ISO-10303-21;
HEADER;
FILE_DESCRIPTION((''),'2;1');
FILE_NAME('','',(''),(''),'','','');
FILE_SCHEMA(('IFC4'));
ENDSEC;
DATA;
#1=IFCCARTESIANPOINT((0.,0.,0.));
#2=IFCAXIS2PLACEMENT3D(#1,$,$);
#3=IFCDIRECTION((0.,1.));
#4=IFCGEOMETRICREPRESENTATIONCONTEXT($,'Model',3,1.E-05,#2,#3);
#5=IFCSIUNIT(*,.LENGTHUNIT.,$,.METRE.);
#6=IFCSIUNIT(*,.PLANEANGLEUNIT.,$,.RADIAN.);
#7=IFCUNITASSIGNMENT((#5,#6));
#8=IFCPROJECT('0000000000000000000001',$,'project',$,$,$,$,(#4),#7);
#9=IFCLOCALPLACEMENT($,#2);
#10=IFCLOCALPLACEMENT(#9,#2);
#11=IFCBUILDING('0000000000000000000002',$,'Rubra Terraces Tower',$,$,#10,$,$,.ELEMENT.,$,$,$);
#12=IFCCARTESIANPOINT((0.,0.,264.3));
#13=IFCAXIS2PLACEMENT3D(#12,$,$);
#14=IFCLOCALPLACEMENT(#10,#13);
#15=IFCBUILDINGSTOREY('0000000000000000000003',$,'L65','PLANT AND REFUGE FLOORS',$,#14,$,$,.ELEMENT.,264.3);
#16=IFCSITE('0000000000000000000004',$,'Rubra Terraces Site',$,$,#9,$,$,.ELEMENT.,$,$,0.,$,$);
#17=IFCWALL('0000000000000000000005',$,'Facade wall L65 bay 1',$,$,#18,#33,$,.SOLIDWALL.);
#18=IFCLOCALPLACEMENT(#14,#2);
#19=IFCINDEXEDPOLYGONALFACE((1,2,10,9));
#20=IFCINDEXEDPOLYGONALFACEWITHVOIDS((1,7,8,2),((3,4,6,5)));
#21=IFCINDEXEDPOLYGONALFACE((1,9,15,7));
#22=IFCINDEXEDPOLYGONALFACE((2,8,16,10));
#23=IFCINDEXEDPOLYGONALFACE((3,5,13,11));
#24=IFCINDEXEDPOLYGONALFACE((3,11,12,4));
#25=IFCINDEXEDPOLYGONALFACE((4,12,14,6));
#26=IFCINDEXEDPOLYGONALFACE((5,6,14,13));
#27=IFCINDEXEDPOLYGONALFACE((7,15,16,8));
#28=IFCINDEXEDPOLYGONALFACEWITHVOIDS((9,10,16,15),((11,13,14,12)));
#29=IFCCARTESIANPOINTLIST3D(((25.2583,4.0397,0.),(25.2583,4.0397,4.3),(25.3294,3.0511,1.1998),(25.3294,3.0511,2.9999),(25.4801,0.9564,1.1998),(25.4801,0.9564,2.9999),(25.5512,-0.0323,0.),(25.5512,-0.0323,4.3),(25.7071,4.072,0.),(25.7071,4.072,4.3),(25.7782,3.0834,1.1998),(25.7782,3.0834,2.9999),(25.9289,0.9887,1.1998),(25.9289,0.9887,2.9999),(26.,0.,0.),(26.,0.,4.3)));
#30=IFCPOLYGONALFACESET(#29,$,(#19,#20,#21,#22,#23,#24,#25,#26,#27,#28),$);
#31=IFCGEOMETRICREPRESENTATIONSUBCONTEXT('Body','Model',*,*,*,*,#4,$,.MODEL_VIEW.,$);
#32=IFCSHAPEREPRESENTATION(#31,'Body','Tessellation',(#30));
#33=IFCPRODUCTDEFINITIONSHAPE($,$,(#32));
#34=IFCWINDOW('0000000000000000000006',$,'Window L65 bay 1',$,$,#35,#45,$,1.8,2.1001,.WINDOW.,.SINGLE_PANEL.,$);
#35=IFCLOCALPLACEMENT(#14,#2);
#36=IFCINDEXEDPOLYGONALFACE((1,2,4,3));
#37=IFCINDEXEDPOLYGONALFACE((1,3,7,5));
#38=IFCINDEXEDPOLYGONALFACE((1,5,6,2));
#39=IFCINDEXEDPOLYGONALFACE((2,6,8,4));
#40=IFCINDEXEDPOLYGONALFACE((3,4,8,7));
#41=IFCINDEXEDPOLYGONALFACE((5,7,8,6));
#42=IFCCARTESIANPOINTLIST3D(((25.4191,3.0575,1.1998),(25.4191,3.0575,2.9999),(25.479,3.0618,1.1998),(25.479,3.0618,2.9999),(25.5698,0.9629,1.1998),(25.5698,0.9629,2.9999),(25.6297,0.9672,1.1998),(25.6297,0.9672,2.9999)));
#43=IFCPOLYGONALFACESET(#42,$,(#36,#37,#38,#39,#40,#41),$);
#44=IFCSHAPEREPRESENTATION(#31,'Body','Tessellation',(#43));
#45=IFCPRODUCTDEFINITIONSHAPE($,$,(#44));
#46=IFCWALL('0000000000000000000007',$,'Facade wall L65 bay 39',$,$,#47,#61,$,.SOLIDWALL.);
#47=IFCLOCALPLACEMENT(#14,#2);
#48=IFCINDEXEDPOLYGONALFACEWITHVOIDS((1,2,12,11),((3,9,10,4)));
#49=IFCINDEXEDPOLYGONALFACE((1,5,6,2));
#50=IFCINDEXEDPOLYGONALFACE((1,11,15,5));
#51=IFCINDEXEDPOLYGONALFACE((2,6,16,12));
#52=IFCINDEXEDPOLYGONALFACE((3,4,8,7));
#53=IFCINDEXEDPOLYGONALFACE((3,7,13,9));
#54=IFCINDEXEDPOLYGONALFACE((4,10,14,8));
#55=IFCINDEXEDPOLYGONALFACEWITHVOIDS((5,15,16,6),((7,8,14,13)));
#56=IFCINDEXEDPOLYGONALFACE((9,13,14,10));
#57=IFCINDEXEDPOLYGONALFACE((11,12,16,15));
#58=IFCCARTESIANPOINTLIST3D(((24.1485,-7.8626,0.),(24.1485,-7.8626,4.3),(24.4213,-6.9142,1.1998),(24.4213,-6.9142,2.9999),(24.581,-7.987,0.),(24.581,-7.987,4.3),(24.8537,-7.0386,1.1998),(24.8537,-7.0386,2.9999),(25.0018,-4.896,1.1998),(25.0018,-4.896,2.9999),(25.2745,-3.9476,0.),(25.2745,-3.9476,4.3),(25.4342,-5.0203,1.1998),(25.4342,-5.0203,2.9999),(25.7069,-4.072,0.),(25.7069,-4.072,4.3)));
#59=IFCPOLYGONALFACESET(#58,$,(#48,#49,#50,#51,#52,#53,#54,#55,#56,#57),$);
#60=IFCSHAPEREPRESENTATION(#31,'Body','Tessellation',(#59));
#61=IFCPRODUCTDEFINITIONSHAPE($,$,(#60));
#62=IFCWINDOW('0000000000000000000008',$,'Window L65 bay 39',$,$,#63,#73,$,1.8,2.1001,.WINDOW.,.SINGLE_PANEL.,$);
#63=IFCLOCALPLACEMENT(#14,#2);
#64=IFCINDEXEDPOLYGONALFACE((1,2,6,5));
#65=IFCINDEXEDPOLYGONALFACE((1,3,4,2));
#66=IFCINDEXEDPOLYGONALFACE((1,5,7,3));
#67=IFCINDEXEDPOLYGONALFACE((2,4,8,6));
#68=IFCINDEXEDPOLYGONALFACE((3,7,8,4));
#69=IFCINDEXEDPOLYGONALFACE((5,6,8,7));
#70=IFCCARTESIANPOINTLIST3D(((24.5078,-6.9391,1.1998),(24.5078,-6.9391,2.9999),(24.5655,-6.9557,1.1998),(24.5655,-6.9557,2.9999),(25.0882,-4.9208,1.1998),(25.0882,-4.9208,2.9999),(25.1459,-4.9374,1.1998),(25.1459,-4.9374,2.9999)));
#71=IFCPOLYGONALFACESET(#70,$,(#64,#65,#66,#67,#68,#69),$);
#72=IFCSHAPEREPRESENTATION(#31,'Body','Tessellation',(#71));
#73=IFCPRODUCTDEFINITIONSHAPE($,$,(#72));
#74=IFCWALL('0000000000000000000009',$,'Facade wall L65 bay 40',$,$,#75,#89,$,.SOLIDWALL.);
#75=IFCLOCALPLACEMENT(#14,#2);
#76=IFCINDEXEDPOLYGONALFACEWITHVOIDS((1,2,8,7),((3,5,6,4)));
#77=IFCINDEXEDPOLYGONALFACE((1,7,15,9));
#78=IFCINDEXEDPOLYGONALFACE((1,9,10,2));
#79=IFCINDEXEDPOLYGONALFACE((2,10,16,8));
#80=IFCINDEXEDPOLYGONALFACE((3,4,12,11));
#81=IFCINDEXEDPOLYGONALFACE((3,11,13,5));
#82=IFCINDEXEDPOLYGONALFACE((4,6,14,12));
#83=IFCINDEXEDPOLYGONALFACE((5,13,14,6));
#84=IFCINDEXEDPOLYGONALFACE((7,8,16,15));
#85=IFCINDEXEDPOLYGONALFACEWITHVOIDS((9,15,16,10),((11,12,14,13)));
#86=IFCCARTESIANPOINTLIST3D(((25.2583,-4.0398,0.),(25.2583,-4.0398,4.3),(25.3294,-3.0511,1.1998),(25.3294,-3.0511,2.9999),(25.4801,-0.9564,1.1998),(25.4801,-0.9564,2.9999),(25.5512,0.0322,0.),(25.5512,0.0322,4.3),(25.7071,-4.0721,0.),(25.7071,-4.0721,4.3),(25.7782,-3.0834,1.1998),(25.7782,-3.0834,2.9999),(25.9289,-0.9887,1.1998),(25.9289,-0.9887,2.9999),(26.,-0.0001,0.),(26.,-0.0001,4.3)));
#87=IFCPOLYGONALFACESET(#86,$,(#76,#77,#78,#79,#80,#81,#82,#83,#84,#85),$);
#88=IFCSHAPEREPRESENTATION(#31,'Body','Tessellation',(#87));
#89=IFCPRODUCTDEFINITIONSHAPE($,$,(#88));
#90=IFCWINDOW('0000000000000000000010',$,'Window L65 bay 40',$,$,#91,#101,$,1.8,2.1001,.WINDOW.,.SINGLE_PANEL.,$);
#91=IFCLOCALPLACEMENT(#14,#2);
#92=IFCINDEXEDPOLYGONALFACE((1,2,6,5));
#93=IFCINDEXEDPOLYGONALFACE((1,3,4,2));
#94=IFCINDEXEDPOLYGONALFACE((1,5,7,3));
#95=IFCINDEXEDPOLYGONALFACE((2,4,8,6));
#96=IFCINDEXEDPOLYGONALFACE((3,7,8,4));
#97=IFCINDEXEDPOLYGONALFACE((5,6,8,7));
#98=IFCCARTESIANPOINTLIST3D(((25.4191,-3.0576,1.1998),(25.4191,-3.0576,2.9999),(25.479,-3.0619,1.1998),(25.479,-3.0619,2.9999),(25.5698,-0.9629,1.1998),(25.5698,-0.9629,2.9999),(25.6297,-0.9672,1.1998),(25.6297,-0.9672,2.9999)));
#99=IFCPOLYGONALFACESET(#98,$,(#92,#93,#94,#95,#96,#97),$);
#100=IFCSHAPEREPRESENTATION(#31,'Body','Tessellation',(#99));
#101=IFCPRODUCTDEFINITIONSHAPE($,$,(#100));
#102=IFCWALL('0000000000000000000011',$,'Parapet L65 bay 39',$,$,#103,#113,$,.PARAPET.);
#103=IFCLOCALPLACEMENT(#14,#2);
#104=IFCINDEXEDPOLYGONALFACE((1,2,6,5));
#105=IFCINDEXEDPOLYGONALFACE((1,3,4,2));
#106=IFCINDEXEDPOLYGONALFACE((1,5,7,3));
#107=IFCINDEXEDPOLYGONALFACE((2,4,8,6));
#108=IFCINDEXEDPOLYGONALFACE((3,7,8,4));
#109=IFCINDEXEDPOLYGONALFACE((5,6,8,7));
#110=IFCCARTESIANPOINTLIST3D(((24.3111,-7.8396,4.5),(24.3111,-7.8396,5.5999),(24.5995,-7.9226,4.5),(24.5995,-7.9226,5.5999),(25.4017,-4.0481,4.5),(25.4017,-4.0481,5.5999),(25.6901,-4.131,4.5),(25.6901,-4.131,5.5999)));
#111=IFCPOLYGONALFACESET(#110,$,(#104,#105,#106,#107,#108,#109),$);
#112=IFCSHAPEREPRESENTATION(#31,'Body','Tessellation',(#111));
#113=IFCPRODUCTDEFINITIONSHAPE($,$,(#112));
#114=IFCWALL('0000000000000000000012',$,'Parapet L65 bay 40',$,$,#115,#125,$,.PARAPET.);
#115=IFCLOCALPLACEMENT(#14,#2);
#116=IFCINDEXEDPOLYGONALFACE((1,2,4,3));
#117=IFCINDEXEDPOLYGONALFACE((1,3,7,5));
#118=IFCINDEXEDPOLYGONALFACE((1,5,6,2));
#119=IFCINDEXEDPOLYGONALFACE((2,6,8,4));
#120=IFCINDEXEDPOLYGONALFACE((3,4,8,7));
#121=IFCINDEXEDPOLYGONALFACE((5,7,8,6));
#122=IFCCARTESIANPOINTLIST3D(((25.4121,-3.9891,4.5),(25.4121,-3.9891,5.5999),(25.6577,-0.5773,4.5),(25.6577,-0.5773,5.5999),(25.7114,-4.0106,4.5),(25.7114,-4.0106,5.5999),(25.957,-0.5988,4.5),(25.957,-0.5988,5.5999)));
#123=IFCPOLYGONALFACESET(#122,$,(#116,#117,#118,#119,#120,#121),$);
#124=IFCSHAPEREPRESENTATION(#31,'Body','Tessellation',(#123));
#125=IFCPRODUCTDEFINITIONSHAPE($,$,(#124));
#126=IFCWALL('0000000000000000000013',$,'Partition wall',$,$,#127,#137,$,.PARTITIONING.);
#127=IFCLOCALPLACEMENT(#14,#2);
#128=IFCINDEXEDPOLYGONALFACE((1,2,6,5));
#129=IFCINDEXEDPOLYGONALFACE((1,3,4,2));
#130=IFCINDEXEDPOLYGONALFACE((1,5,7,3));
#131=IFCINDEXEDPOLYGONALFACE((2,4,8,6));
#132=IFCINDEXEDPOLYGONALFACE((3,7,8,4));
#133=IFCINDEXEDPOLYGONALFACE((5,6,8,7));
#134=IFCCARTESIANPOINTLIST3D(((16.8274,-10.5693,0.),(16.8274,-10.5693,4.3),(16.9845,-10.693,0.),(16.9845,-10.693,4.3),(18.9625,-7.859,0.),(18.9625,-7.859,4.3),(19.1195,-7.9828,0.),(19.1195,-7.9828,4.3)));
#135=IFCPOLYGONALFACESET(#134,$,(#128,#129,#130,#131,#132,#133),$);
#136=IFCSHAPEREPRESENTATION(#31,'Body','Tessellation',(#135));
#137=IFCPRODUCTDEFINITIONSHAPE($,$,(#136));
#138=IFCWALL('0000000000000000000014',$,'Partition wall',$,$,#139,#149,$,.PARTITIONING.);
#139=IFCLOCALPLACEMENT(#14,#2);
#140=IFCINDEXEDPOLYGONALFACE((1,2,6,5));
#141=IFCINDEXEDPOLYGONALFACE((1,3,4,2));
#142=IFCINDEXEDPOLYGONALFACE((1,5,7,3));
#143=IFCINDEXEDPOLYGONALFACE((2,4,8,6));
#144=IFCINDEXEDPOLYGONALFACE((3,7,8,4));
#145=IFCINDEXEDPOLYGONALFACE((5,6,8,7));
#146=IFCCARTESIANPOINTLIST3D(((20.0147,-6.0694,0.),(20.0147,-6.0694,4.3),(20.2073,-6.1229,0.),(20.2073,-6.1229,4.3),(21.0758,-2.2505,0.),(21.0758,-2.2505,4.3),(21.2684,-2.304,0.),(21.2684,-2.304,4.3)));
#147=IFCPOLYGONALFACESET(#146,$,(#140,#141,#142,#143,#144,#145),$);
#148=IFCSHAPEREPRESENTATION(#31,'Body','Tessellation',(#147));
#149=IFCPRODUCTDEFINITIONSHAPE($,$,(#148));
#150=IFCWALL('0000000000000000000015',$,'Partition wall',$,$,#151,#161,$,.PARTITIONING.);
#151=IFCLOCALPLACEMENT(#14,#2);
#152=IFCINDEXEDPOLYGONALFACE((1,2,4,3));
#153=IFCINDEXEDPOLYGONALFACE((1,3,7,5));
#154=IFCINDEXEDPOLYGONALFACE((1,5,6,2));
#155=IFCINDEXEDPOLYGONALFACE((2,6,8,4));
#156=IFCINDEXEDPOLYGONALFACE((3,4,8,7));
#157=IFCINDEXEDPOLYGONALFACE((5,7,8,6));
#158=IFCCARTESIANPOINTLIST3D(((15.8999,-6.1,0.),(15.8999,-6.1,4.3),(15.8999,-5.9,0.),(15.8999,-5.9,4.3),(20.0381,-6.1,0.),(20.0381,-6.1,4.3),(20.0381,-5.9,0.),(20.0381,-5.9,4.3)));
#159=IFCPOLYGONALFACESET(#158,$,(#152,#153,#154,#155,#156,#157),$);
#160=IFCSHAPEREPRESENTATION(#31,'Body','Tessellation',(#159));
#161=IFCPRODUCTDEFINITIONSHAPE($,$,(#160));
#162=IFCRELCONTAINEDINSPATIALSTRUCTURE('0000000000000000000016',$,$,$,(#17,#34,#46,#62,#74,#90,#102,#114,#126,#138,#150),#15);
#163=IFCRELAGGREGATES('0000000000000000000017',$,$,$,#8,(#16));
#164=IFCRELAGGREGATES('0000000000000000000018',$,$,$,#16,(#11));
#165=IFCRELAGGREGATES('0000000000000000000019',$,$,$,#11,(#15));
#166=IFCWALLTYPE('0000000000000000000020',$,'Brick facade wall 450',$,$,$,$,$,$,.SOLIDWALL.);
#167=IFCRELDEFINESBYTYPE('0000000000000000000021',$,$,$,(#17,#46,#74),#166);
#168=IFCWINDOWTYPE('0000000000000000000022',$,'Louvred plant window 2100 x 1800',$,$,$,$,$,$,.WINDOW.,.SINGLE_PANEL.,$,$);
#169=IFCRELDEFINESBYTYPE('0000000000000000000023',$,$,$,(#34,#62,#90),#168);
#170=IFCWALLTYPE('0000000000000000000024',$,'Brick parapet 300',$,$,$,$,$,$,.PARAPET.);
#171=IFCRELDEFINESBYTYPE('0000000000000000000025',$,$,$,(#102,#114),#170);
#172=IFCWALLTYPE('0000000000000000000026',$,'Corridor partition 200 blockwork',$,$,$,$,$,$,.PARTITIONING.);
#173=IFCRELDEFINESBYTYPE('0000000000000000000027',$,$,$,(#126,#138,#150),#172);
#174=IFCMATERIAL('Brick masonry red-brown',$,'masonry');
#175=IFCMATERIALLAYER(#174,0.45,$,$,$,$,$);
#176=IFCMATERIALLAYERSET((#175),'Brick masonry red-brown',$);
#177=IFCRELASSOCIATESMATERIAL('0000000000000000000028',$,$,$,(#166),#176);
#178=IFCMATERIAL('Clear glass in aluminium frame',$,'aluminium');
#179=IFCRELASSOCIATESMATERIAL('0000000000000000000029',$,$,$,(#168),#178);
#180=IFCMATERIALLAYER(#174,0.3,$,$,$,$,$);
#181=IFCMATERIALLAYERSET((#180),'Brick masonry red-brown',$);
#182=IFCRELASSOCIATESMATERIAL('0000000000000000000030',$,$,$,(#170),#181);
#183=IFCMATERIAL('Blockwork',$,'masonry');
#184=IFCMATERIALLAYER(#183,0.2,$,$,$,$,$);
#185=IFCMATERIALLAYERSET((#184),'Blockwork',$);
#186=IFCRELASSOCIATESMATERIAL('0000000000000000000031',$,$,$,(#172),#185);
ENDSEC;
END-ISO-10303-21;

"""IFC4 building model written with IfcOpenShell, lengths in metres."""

from ifc_helpers import new_model, si_unit, direction, frame, frame_2d, origin, place, context, subcontext, project, spatial, rectangle, extrude, material, layer, layer_set, type_object, element, fill, save


model = new_model("IFC4")

# Units and contexts
model_context = context("Model", 3, precision=1e-05, world=origin(), true_north=direction((0.0, 1.0)))
body_context = subcontext(model_context, "Body", "Model", "MODEL_VIEW")
ifc_project = project(units=[si_unit("LENGTHUNIT", "METRE"), si_unit("PLANEANGLEUNIT", "RADIAN")], contexts=[model_context])

# Site, building, storey
site_placement = place(None, origin())
site = spatial("IfcSite", under=ifc_project, at=site_placement, Name="Rubra Terraces Site", CompositionType="ELEMENT", RefElevation=0.0)
building_placement = place(site_placement, origin())
building = spatial("IfcBuilding", under=site, at=building_placement, Name="Rubra Terraces Tower", CompositionType="ELEMENT")
storey_placement = place(building_placement, frame((0.0, 0.0, 264.3)))
storey = spatial("IfcBuildingStorey", under=building, at=storey_placement, Name="L65", Description="PLANT AND REFUGE FLOORS", CompositionType="ELEMENT", Elevation=264.3)

# Walls, openings, windows
ifc_material_1 = material(Name="Brick masonry red-brown", Category="masonry")
ifc_layer_1 = layer(ifc_material_1, 0.45)
ifc_layer_set_1 = layer_set([ifc_layer_1], Name="Brick masonry red-brown")
wall_type_1 = type_object("IfcWallType", Name="Brick facade wall 450", PredefinedType="SOLIDWALL", material=ifc_layer_set_1)
wall_1_placement = place(storey_placement, frame((25.7756, -0.0161, 0.0), z_axis=(0.0, 0.0, 1.0), x_axis=(-0.071761, 0.997422, 0.0)))
wall_1 = element("IfcWall", 1, at=wall_1_placement, inside=storey, type_object=wall_type_1, Name="Facade wall L65 bay 1", PredefinedType="SOLIDWALL", context=body_context, shape_type="SweptSolid", body=[
    extrude(rectangle(XDim=4.0825, YDim=0.45, at=frame_2d((2.0413, 0.0))), origin(), (0.0, 0.0, 1.0), 4.3),
])
opening_1_placement = place(wall_1_placement, frame((0.9912, 0.0, 1.2)))
opening_1 = element("IfcOpeningElement", 2, at=opening_1_placement, cuts=wall_1, PredefinedType="OPENING", context=body_context, shape_type="SweptSolid", body=[
    extrude(rectangle(XDim=2.1001, YDim=1.8, at=frame_2d((1.05, 0.8999))), frame((0.0, 0.2349, 0.0), z_axis=(0.0, -1.0, 0.0), x_axis=(1.0, 0.0, 0.0)), (0.0, 0.0, 1.0), 0.47),
])
ifc_material_2 = material(Name="Clear glass in aluminium frame", Category="aluminium")
window_type = type_object("IfcWindowType", Name="Louvred plant window 2100 x 1800", PartitioningType="SINGLE_PANEL", PredefinedType="WINDOW", material=ifc_material_2)
window_1_placement = place(opening_1_placement, origin())
window_1 = element("IfcWindow", 3, at=window_1_placement, inside=storey, type_object=window_type, Name="Window L65 bay 1", OverallHeight=1.8, OverallWidth=2.1001, PartitioningType="SINGLE_PANEL", PredefinedType="WINDOW", context=body_context, shape_type="SweptSolid", body=[
    extrude(rectangle(XDim=2.1001, YDim=1.8, at=frame_2d((1.05, 0.8999))), frame((0.0, 0.135, 0.0), z_axis=(0.0, -1.0, 0.0), x_axis=(1.0, 0.0, 0.0)), (0.0, 0.0, 1.0), 0.0601),
])
fill(opening_1, window_1)
wall_2_placement = place(storey_placement, frame((24.3647, -7.9248, 0.0), z_axis=(0.0, 0.0, 1.0), x_axis=(0.276399, 0.961043, 0.0)))
wall_2 = element("IfcWall", 4, at=wall_2_placement, inside=storey, type_object=wall_type_1, Name="Facade wall L65 bay 39", PredefinedType="SOLIDWALL", context=body_context, shape_type="SweptSolid", body=[
    extrude(rectangle(XDim=4.0737, YDim=0.45, at=frame_2d((2.0369, 0.0))), origin(), (0.0, 0.0, 1.0), 4.3),
])
opening_2_placement = place(wall_2_placement, frame((0.9868, 0.0, 1.2)))
opening_2 = element("IfcOpeningElement", 5, at=opening_2_placement, cuts=wall_2, PredefinedType="OPENING", context=body_context, shape_type="SweptSolid", body=[
    extrude(rectangle(XDim=2.1001, YDim=1.8, at=frame_2d((1.05, 0.8999))), frame((0.0, 0.2349, 0.0), z_axis=(0.0, -1.0, 0.0), x_axis=(1.0, 0.0, 0.0)), (0.0, 0.0, 1.0), 0.47),
])
window_2_placement = place(opening_2_placement, origin())
window_2 = element("IfcWindow", 6, at=window_2_placement, inside=storey, type_object=window_type, Name="Window L65 bay 39", OverallHeight=1.8, OverallWidth=2.1001, PartitioningType="SINGLE_PANEL", PredefinedType="WINDOW", context=body_context, shape_type="SweptSolid", body=[
    extrude(rectangle(XDim=2.1001, YDim=1.8, at=frame_2d((1.05, 0.8999))), frame((0.0, 0.135, 0.0), z_axis=(0.0, -1.0, 0.0), x_axis=(1.0, 0.0, 0.0)), (0.0, 0.0, 1.0), 0.0601),
])
fill(opening_2, window_2)
wall_3_placement = place(storey_placement, frame((25.4827, -4.0559, 0.0), z_axis=(0.0, 0.0, 1.0), x_axis=(0.071761, 0.997422, 0.0)))
wall_3 = element("IfcWall", 7, at=wall_3_placement, inside=storey, type_object=wall_type_1, Name="Facade wall L65 bay 40", PredefinedType="SOLIDWALL", context=body_context, shape_type="SweptSolid", body=[
    extrude(rectangle(XDim=4.0825, YDim=0.45, at=frame_2d((2.0413, 0.0))), origin(), (0.0, 0.0, 1.0), 4.3),
])
opening_3_placement = place(wall_3_placement, frame((0.9912, 0.0, 1.2)))
opening_3 = element("IfcOpeningElement", 8, at=opening_3_placement, cuts=wall_3, PredefinedType="OPENING", context=body_context, shape_type="SweptSolid", body=[
    extrude(rectangle(XDim=2.1001, YDim=1.8, at=frame_2d((1.05, 0.8999))), frame((0.0, 0.2349, 0.0), z_axis=(0.0, -1.0, 0.0), x_axis=(1.0, 0.0, 0.0)), (0.0, 0.0, 1.0), 0.47),
])
window_3_placement = place(opening_3_placement, origin())
window_3 = element("IfcWindow", 9, at=window_3_placement, inside=storey, type_object=window_type, Name="Window L65 bay 40", OverallHeight=1.8, OverallWidth=2.1001, PartitioningType="SINGLE_PANEL", PredefinedType="WINDOW", context=body_context, shape_type="SweptSolid", body=[
    extrude(rectangle(XDim=2.1001, YDim=1.8, at=frame_2d((1.05, 0.8999))), frame((0.0, 0.135, 0.0), z_axis=(0.0, -1.0, 0.0), x_axis=(1.0, 0.0, 0.0)), (0.0, 0.0, 1.0), 0.0601),
])
fill(opening_3, window_3)

# Walls
ifc_layer_2 = layer(ifc_material_1, 0.3)
ifc_layer_set_2 = layer_set([ifc_layer_2], Name="Brick masonry red-brown")
wall_type_2 = type_object("IfcWallType", Name="Brick parapet 300", PredefinedType="PARAPET", material=ifc_layer_set_2)
wall_4_placement = place(storey_placement, frame((24.4553, -7.8811, 4.5), z_axis=(0.0, 0.0, 1.0), x_axis=(0.276429, 0.961034, 0.0)))
element("IfcWall", 10, at=wall_4_placement, inside=storey, type_object=wall_type_2, Name="Parapet L65 bay 39", PredefinedType="PARAPET", context=body_context, shape_type="SweptSolid", body=[
    extrude(rectangle(XDim=3.9453, YDim=0.3, at=frame_2d((1.9727, 0.0))), origin(), (0.0, 0.0, 1.0), 1.0999),
])
wall_5_placement = place(storey_placement, frame((25.5618, -4.0, 4.5), z_axis=(0.0, 0.0, 1.0), x_axis=(0.0718, 0.997419, 0.0)))
element("IfcWall", 11, at=wall_5_placement, inside=storey, type_object=wall_type_2, Name="Parapet L65 bay 40", PredefinedType="PARAPET", context=body_context, shape_type="SweptSolid", body=[
    extrude(rectangle(XDim=3.4207, YDim=0.3, at=frame_2d((1.7104, 0.0))), origin(), (0.0, 0.0, 1.0), 1.0999),
])
ifc_material_3 = material(Name="Blockwork", Category="masonry")
ifc_layer_3 = layer(ifc_material_3, 0.2)
ifc_layer_set_3 = layer_set([ifc_layer_3], Name="Blockwork")
wall_type_3 = type_object("IfcWallType", Name="Corridor partition 200 blockwork", PredefinedType="PARTITIONING", material=ifc_layer_set_3)
wall_6_placement = place(storey_placement, frame((19.041, -7.9209, 0.0), z_axis=(0.0, 0.0, 1.0), x_axis=(-0.618818, -0.785534, 0.0)))
element("IfcWall", 12, at=wall_6_placement, inside=storey, type_object=wall_type_3, Name="Partition wall", PredefinedType="PARTITIONING", context=body_context, shape_type="SweptSolid", body=[
    extrude(rectangle(XDim=3.4502, YDim=0.2, at=frame_2d((1.7251, 0.0))), origin(), (0.0, 0.0, 1.0), 4.3),
])
wall_7_placement = place(storey_placement, frame((21.1721, -2.2771, 0.0), z_axis=(0.0, 0.0, 1.0), x_axis=(-0.267701, -0.963502, 0.0)))
element("IfcWall", 13, at=wall_7_placement, inside=storey, type_object=wall_type_3, Name="Partition wall", PredefinedType="PARTITIONING", context=body_context, shape_type="SweptSolid", body=[
    extrude(rectangle(XDim=3.9636, YDim=0.2, at=frame_2d((1.9819, 0.0))), origin(), (0.0, 0.0, 1.0), 4.3),
])
wall_8_placement = place(storey_placement, frame((20.0381, -6.0, 0.0), z_axis=(0.0, 0.0, 1.0), x_axis=(-1.0, 0.0, 0.0)))
element("IfcWall", 14, at=wall_8_placement, inside=storey, type_object=wall_type_3, Name="Partition wall", PredefinedType="PARTITIONING", context=body_context, shape_type="SweptSolid", body=[
    extrude(rectangle(XDim=4.1382, YDim=0.2, at=frame_2d((2.0691, 0.0))), origin(), (0.0, 0.0, 1.0), 4.3),
])

save(model, "model.ifc")
